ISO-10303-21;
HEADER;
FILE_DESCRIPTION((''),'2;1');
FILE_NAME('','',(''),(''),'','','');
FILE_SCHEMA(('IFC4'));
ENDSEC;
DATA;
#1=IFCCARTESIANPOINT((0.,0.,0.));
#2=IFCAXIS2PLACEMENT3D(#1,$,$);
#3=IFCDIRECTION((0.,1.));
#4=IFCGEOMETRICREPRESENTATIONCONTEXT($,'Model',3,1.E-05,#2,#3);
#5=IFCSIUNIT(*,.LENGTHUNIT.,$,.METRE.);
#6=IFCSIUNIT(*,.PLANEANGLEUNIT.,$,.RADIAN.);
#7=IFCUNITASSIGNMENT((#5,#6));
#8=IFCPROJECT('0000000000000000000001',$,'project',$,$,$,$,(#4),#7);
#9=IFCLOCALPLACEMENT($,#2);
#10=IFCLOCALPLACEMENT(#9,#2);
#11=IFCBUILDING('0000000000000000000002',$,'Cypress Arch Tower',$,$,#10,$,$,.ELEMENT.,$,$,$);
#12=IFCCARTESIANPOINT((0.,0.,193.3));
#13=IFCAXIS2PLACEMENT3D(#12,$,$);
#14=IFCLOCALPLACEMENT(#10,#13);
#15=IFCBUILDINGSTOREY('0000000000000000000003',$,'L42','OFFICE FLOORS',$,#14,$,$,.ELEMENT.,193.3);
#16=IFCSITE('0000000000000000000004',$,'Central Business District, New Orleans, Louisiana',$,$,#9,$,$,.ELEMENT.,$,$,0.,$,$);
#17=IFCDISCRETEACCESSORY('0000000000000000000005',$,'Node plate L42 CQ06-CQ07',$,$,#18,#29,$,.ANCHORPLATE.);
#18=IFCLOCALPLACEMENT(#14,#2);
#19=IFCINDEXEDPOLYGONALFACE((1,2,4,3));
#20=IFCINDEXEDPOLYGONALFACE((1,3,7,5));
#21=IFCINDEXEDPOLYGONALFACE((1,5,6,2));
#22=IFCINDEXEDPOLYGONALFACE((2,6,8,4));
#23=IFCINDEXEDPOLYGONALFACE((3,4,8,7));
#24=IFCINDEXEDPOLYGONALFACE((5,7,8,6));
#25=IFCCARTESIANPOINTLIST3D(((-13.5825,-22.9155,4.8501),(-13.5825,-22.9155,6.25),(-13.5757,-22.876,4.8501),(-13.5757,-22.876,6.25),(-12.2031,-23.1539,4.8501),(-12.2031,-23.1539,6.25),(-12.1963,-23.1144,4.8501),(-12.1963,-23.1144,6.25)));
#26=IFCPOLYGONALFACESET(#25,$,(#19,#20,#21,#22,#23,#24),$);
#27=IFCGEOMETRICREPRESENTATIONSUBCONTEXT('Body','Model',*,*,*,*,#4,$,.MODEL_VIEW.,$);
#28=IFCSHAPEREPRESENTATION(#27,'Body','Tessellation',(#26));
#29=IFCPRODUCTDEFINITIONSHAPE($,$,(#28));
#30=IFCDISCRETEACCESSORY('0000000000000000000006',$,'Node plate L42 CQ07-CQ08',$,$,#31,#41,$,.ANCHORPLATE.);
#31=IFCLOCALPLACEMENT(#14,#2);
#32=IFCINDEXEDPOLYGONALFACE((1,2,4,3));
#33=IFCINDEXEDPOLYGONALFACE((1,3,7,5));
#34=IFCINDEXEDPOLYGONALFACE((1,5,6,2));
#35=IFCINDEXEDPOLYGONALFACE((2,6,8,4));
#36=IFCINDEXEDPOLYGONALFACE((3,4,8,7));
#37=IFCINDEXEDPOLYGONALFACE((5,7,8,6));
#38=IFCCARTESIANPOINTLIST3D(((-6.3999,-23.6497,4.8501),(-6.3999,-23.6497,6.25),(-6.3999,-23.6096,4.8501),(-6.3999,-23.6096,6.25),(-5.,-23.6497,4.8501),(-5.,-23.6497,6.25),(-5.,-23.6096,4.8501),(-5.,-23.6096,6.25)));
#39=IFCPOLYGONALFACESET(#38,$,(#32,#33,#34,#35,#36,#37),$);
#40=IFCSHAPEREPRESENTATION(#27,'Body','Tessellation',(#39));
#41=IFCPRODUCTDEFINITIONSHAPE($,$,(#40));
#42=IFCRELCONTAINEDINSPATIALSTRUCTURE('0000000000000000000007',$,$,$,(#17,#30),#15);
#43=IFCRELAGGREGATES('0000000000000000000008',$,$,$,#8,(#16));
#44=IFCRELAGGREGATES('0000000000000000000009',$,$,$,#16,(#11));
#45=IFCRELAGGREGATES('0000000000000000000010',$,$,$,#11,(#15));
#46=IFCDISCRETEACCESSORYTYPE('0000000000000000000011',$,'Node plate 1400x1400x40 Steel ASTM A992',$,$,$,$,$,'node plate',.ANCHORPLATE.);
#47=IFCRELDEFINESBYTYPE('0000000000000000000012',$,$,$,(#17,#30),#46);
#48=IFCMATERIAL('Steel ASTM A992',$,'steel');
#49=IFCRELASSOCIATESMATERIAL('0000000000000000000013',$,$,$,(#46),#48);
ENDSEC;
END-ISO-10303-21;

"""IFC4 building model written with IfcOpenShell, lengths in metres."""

from ifc_helpers import new_model, si_unit, direction, frame, origin, origin_2d, place, context, subcontext, project, spatial, rectangle, extrude, material, material_profile, profile_set, type_object, element, save


model = new_model("IFC4")

# Units and contexts
model_context = context("Model", 3, precision=1e-05, world=origin(), true_north=direction((0.0, 1.0)))
body_context = subcontext(model_context, "Body", "Model", "MODEL_VIEW")
ifc_project = project(units=[si_unit("LENGTHUNIT", "METRE"), si_unit("PLANEANGLEUNIT", "RADIAN")], contexts=[model_context])

# Site, building, storey
site_placement = place(None, origin())
site = spatial("IfcSite", under=ifc_project, at=site_placement, Name="Central Business District, New Orleans, Louisiana", CompositionType="ELEMENT", RefElevation=0.0)
building_placement = place(site_placement, origin())
building = spatial("IfcBuilding", under=site, at=building_placement, Name="Cypress Arch Tower", CompositionType="ELEMENT")
storey_placement = place(building_placement, frame((0.0, 0.0, 193.3)))
storey = spatial("IfcBuildingStorey", under=building, at=storey_placement, Name="L42", Description="OFFICE FLOORS", CompositionType="ELEMENT", Elevation=193.3)

# Discrete accessories
ifc_material_1 = material(Name="Steel ASTM A992", Category="steel")
ifc_material_profile_1 = material_profile(ifc_material_1, rectangle(XDim=1.3999, YDim=1.3999, at=origin_2d()), Name="PL 40 1400x1400")
ifc_profile_set_1 = profile_set([ifc_material_profile_1], Name="Steel ASTM A992")
discrete_accessory_type_1 = type_object("IfcDiscreteAccessoryType", Name="Node plate 1400x1400x40 Steel ASTM A992", ElementType="node plate", PredefinedType="ANCHORPLATE", material=ifc_profile_set_1)
for number, where, z_axis, x_axis, name in (
    (1, (-12.8928, -23.0347, 5.55), (0.170314, 0.98539, 0.0), (-0.98539, 0.170314, 0.0), "Node plate L42 CQ06-CQ07"),
    (2, (-5.7, -23.6497, 5.55), (0.0, 1.0, 0.0), (-1.0, 0.0, 0.0), "Node plate L42 CQ07-CQ08"),
):
    element("IfcDiscreteAccessory", number, at=place(storey_placement, frame(where, z_axis=z_axis, x_axis=x_axis)), inside=storey, type_object=discrete_accessory_type_1, Name=name, PredefinedType="ANCHORPLATE", context=body_context, shape_type="SweptSolid", body=[
        extrude(rectangle(XDim=1.3999, YDim=1.3999, at=origin_2d()), origin(), (0.0, 0.0, 1.0), 0.04),
    ])

save(model, "model.ifc")
